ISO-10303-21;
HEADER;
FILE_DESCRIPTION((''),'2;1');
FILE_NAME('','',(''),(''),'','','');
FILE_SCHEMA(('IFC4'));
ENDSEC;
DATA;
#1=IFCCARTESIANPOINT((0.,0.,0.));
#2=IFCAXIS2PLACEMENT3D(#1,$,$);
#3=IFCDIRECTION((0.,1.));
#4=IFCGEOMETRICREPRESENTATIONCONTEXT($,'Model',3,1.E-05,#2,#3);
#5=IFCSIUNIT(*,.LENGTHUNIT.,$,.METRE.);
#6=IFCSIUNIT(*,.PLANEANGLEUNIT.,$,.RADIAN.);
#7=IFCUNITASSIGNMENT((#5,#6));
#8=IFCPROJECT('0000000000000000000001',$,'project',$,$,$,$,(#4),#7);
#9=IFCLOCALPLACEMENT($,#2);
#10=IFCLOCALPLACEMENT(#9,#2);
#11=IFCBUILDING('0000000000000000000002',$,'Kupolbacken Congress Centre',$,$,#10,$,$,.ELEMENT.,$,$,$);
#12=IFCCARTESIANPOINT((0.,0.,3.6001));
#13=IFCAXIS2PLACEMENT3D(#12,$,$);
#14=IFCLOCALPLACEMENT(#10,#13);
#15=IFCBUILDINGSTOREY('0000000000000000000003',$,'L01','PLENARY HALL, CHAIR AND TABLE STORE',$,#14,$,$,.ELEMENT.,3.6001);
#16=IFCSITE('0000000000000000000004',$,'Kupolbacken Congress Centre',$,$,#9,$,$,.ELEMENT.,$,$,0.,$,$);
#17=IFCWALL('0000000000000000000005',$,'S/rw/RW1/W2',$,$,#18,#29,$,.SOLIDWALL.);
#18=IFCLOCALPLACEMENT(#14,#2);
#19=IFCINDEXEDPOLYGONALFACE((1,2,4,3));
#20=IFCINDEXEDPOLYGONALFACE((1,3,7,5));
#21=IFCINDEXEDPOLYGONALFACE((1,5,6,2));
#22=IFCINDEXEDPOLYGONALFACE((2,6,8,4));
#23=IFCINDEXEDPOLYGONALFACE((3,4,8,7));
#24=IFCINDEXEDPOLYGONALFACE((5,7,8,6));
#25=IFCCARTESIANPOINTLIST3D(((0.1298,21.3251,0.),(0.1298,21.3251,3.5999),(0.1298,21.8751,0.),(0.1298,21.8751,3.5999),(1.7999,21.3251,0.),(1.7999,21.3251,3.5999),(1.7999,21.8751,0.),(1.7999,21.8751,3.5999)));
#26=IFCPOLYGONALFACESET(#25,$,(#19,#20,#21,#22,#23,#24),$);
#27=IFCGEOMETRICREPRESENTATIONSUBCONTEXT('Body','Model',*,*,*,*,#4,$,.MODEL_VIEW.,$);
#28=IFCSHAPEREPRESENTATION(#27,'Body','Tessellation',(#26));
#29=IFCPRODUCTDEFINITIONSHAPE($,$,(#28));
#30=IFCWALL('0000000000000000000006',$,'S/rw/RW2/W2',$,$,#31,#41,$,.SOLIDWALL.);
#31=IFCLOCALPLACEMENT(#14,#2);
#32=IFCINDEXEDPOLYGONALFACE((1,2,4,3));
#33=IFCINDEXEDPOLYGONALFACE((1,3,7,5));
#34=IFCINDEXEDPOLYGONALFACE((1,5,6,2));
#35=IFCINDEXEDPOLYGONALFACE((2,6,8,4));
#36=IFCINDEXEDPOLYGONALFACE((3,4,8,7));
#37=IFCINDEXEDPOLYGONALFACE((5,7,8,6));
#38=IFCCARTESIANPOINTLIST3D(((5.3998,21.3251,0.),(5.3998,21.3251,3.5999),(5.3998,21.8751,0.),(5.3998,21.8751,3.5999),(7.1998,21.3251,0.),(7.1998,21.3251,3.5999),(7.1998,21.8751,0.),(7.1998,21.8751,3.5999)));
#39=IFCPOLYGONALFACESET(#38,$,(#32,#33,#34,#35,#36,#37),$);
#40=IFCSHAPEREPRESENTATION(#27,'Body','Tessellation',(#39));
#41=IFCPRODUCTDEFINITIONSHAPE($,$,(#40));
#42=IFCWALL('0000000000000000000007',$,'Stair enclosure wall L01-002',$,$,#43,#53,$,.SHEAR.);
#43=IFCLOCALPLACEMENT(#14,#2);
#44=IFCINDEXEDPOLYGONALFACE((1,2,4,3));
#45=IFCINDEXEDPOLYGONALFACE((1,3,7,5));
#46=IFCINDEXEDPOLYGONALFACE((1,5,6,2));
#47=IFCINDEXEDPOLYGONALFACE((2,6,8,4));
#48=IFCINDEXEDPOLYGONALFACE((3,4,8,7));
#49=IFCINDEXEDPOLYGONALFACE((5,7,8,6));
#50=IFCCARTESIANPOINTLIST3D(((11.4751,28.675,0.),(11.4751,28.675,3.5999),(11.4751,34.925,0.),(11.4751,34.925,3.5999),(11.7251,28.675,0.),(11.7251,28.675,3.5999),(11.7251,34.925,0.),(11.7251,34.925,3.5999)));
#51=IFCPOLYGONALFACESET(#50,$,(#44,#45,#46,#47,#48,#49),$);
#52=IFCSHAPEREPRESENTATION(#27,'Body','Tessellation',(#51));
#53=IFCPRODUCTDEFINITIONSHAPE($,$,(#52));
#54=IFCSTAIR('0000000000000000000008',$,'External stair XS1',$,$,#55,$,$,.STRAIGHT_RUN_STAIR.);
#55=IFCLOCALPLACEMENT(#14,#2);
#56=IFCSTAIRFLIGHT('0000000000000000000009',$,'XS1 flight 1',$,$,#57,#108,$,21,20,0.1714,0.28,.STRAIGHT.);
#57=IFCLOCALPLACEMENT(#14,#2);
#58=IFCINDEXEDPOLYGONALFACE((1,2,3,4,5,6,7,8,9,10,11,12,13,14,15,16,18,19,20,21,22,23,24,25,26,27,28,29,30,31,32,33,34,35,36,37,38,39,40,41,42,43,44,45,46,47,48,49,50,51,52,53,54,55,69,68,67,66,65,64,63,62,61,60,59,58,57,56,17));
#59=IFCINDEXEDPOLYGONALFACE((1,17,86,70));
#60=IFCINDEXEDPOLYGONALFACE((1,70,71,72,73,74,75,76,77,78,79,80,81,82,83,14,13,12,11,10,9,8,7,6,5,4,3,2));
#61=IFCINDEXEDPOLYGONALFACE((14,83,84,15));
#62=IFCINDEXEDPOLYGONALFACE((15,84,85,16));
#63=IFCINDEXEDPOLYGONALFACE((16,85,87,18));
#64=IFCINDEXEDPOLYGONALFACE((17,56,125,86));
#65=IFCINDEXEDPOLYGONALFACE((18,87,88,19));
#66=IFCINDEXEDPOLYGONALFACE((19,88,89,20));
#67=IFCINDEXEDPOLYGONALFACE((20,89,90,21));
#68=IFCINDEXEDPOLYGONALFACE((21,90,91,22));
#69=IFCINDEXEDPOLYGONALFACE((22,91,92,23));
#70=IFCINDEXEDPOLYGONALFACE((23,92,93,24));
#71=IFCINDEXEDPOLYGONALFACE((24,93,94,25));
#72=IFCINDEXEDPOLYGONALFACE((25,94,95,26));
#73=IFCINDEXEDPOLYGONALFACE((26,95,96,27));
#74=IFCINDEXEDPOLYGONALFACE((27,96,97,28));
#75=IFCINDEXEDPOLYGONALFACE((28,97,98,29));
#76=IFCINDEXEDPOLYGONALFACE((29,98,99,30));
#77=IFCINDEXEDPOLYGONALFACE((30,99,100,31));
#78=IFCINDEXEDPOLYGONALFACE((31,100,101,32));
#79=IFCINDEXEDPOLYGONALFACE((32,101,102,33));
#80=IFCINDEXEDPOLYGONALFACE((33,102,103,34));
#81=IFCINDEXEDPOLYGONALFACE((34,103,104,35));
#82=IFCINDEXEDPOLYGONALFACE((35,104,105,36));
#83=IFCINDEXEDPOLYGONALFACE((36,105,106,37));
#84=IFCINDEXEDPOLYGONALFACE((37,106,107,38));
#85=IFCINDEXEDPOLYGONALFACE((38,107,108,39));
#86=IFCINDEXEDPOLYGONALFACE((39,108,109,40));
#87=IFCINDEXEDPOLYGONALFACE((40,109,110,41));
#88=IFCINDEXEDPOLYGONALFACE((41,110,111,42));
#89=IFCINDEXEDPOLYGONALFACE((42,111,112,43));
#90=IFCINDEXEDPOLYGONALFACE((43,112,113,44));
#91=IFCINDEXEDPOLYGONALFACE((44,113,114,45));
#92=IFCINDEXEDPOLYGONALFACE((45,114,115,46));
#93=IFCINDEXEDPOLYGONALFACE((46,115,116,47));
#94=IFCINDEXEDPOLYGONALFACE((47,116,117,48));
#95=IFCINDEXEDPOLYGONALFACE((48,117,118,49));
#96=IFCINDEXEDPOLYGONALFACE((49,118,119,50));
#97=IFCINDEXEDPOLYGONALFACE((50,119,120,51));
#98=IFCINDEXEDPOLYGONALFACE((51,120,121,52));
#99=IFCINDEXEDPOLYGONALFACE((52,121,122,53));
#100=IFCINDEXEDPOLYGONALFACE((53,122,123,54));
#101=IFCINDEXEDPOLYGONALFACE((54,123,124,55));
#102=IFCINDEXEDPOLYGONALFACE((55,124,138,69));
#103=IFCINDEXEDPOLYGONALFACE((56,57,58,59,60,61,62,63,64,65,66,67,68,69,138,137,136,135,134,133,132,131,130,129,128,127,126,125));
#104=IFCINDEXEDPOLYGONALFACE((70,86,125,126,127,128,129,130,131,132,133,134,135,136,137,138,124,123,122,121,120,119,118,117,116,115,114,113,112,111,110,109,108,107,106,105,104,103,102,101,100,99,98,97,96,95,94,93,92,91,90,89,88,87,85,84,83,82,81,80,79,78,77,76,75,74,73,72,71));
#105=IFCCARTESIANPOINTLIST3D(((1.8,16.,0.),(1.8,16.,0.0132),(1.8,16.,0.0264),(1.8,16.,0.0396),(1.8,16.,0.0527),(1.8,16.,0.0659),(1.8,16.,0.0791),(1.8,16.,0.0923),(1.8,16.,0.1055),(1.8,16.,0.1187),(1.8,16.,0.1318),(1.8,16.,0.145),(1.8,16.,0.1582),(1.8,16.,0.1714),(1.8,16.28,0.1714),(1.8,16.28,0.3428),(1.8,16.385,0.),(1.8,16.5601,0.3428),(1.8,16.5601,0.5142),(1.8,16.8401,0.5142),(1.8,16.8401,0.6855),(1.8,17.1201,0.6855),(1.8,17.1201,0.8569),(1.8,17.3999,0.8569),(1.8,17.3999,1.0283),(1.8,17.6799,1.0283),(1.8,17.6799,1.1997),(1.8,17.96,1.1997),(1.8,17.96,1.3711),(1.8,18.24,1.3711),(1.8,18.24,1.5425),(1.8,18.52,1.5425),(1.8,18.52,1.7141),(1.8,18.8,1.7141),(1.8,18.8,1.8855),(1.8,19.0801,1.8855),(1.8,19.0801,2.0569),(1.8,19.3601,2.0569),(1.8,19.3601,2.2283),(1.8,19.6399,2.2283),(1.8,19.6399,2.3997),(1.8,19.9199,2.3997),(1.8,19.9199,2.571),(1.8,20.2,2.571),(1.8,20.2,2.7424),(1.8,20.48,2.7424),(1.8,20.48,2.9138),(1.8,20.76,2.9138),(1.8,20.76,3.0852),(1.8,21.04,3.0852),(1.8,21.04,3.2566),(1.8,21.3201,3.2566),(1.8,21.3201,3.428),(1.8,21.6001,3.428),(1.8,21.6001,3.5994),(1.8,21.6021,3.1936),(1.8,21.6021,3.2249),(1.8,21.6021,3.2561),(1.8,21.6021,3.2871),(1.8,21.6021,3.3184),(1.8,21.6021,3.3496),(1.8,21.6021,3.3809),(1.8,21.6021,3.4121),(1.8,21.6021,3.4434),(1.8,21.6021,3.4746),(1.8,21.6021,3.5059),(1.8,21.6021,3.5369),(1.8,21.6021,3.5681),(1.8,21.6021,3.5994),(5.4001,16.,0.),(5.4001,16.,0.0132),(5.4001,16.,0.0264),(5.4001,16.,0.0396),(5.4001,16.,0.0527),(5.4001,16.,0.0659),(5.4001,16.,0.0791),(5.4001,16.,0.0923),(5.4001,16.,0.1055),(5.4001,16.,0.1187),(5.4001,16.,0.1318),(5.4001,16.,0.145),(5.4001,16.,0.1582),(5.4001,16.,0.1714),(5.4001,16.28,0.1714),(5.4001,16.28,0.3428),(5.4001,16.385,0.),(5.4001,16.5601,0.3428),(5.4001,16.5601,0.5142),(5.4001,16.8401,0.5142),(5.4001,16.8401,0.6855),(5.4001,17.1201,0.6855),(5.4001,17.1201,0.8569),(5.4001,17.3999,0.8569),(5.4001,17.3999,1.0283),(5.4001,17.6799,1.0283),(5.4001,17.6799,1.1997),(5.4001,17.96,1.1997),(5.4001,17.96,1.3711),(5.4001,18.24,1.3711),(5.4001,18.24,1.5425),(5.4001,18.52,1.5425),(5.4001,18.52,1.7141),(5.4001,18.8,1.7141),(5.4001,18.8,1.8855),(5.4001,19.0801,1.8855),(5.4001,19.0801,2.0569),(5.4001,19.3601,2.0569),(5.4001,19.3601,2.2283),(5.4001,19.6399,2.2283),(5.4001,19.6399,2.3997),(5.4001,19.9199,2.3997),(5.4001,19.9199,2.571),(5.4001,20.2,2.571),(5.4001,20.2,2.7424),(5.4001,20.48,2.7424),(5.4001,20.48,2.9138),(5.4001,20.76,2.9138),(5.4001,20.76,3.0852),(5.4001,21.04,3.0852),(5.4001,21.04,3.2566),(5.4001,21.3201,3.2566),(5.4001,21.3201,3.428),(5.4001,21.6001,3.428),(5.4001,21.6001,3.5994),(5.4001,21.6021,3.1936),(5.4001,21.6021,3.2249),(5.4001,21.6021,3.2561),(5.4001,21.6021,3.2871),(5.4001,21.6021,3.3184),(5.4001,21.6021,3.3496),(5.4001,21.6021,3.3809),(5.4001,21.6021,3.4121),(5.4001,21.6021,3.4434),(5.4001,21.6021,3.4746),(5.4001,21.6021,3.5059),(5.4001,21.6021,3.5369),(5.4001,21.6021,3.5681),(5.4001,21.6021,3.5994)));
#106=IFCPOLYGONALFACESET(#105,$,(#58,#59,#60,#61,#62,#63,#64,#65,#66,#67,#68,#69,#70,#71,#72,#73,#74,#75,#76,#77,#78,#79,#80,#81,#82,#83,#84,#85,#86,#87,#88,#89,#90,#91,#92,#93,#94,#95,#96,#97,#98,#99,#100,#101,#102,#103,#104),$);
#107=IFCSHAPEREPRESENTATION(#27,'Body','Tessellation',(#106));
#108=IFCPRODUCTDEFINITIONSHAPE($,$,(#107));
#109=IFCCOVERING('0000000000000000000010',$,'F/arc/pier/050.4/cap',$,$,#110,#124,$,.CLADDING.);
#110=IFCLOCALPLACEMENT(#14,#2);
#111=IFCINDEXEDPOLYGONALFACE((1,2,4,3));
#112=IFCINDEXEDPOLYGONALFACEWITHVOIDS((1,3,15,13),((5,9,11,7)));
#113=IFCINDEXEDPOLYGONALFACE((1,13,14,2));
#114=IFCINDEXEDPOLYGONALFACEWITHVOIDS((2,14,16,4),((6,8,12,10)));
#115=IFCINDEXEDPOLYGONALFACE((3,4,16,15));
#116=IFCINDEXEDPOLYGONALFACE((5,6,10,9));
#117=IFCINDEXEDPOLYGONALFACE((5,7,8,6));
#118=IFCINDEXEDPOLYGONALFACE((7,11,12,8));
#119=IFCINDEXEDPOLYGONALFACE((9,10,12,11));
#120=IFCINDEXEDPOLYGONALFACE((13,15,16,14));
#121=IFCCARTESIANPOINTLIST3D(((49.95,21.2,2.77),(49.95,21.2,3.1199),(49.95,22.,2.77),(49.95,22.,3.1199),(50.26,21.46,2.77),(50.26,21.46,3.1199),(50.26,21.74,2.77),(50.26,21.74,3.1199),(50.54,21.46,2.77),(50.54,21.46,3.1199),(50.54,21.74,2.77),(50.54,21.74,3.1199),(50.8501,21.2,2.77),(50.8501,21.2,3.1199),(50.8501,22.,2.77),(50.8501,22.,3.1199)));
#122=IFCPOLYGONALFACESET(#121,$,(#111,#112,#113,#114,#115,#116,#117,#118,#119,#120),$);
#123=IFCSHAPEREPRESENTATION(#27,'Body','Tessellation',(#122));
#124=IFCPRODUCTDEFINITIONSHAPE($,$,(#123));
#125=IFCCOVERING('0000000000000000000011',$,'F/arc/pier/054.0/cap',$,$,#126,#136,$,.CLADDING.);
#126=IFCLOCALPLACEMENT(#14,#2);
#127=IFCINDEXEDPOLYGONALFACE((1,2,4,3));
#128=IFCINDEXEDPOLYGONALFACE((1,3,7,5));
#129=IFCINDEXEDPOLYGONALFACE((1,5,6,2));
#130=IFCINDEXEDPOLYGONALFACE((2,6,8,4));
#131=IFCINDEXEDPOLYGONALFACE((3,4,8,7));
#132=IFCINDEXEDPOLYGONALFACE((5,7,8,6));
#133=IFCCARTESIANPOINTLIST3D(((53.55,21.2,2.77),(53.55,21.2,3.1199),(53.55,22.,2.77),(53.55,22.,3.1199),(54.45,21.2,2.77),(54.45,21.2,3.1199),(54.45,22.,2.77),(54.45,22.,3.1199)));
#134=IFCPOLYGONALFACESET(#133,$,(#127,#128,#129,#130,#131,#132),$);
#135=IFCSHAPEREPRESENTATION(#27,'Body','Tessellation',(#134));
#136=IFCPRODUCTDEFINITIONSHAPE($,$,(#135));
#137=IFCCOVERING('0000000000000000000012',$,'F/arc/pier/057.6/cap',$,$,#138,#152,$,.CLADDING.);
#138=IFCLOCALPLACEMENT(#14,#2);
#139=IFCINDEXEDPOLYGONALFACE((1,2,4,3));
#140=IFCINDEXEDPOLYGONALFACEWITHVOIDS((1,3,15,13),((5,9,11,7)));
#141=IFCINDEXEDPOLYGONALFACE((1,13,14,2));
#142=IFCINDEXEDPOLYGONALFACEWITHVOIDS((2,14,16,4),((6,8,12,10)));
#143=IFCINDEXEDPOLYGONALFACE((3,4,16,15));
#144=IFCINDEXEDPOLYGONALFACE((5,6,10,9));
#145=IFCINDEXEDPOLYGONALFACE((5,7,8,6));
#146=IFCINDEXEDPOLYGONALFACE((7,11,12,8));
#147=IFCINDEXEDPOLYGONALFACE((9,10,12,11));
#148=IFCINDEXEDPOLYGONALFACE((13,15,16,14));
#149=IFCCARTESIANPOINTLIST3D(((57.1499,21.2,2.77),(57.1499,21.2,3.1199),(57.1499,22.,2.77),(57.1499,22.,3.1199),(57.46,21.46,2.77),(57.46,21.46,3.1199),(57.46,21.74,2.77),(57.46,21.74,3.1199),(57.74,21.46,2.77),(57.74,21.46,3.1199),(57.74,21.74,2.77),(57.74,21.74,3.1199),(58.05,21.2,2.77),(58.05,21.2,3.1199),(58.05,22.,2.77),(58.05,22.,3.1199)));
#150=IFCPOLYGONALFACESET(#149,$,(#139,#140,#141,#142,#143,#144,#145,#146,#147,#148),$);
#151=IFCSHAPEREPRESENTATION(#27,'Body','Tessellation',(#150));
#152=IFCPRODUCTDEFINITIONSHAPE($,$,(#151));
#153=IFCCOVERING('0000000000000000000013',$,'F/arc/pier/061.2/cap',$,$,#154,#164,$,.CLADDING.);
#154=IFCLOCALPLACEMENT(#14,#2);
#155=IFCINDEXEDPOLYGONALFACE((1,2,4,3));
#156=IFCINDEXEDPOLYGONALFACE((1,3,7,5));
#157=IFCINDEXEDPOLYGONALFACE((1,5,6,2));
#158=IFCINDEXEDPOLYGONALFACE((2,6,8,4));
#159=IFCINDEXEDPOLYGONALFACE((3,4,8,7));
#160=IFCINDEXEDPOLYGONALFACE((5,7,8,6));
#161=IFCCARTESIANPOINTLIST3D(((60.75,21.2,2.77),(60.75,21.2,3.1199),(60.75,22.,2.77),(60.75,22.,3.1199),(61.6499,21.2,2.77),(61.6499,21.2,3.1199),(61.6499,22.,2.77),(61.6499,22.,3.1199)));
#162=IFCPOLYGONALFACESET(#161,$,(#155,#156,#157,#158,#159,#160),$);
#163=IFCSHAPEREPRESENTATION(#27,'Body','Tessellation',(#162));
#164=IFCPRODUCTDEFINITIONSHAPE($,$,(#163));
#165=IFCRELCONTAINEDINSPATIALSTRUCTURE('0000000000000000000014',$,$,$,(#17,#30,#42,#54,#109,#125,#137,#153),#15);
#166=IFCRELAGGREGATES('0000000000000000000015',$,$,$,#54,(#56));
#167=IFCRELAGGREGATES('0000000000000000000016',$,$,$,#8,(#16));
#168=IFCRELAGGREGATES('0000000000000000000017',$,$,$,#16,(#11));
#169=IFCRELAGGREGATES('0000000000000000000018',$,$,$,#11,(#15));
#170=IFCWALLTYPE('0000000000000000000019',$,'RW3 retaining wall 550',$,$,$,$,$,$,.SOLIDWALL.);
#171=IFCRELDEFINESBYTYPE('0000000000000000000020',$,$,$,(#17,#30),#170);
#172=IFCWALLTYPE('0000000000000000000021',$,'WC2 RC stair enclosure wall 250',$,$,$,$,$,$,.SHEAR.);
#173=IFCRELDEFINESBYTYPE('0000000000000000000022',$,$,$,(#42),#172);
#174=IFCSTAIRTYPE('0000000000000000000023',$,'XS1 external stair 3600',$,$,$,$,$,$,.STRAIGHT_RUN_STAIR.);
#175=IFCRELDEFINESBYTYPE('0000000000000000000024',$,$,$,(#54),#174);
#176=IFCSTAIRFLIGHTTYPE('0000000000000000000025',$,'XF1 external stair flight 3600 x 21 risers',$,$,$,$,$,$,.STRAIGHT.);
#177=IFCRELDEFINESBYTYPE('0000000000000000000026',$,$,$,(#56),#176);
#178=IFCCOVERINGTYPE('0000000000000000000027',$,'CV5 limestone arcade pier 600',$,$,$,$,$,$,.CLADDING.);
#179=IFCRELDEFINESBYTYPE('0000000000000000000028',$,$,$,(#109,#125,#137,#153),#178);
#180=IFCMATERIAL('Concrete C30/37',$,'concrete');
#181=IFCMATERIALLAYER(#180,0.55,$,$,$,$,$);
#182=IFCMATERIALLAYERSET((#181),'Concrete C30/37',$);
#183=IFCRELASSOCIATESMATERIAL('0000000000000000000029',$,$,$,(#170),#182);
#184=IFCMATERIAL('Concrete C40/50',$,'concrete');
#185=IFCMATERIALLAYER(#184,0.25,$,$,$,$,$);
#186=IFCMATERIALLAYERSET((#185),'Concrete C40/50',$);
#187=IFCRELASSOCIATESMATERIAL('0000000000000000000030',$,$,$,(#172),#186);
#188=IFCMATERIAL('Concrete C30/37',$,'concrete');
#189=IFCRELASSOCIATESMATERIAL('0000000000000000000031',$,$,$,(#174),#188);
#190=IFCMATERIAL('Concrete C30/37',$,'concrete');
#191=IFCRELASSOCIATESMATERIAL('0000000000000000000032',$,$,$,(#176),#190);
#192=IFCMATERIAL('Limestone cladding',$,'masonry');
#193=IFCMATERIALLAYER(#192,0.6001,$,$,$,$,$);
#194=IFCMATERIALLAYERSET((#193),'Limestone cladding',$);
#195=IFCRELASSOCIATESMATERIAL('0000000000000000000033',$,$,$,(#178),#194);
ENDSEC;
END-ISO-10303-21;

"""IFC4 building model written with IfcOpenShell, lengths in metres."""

from ifc_helpers import new_model, si_unit, direction, frame, frame_2d, origin, place, context, subcontext, project, spatial, polyline, rectangle, outline, extrude, material, layer, layer_set, type_object, element, aggregate, save


model = new_model("IFC4")

# Units and contexts
model_context = context("Model", 3, precision=1e-05, world=origin(), true_north=direction((0.0, 1.0)))
body_context = subcontext(model_context, "Body", "Model", "MODEL_VIEW")
ifc_project = project(units=[si_unit("LENGTHUNIT", "METRE"), si_unit("PLANEANGLEUNIT", "RADIAN")], contexts=[model_context])

# Site, building, storey
site_placement = place(None, origin())
site = spatial("IfcSite", under=ifc_project, at=site_placement, Name="Kupolbacken Congress Centre", CompositionType="ELEMENT", RefElevation=0.0)
building_placement = place(site_placement, origin())
building = spatial("IfcBuilding", under=site, at=building_placement, Name="Kupolbacken Congress Centre", CompositionType="ELEMENT")
storey_placement = place(building_placement, frame((0.0, 0.0, 3.6001)))
storey = spatial("IfcBuildingStorey", under=building, at=storey_placement, Name="L01", Description="PLENARY HALL, CHAIR AND TABLE STORE", CompositionType="ELEMENT", Elevation=3.6001)

# Walls
ifc_material_1 = material(Name="Concrete C30/37", Category="concrete")
ifc_layer_1 = layer(ifc_material_1, 0.55)
ifc_layer_set_1 = layer_set([ifc_layer_1], Name="Concrete C30/37")
wall_type_1 = type_object("IfcWallType", Name="RW3 retaining wall 550", PredefinedType="SOLIDWALL", material=ifc_layer_set_1)
wall_1_placement = place(storey_placement, frame((0.1299, 21.6001, 0.0), z_axis=(0.0, 0.0, 1.0), x_axis=(1.0, 0.0, 0.0)))
element("IfcWall", 1, at=wall_1_placement, inside=storey, type_object=wall_type_1, Name="S/rw/RW1/W2", PredefinedType="SOLIDWALL", context=body_context, shape_type="SweptSolid", body=[
    extrude(rectangle(XDim=1.6702, YDim=0.55, at=frame_2d((0.835, 0.0))), origin(), (0.0, 0.0, 1.0), 3.5999),
])
wall_2_placement = place(storey_placement, frame((5.3999, 21.6001, 0.0), z_axis=(0.0, 0.0, 1.0), x_axis=(1.0, 0.0, 0.0)))
element("IfcWall", 2, at=wall_2_placement, inside=storey, type_object=wall_type_1, Name="S/rw/RW2/W2", PredefinedType="SOLIDWALL", context=body_context, shape_type="SweptSolid", body=[
    extrude(rectangle(XDim=1.8, YDim=0.55, at=frame_2d((0.8999, 0.0))), origin(), (0.0, 0.0, 1.0), 3.5999),
])
ifc_material_2 = material(Name="Concrete C40/50", Category="concrete")
ifc_layer_2 = layer(ifc_material_2, 0.25)
ifc_layer_set_2 = layer_set([ifc_layer_2], Name="Concrete C40/50")
wall_type_2 = type_object("IfcWallType", Name="WC2 RC stair enclosure wall 250", PredefinedType="SHEAR", material=ifc_layer_set_2)
wall_3_placement = place(storey_placement, frame((11.6001, 28.675, 0.0), z_axis=(0.0, 0.0, 1.0), x_axis=(0.0, 1.0, 0.0)))
element("IfcWall", 3, at=wall_3_placement, inside=storey, type_object=wall_type_2, Name="Stair enclosure wall L01-002", PredefinedType="SHEAR", context=body_context, shape_type="SweptSolid", body=[
    extrude(rectangle(XDim=6.25, YDim=0.25, at=frame_2d((3.125, 0.0))), origin(), (0.0, 0.0, 1.0), 3.5999),
])

# Stair, stair flight
ifc_material_3 = material(Name="Concrete C30/37", Category="concrete")
stair_type = type_object("IfcStairType", Name="XS1 external stair 3600", PredefinedType="STRAIGHT_RUN_STAIR", material=ifc_material_3)
stair_placement = place(storey_placement, origin())
stair = element("IfcStair", 4, at=stair_placement, inside=storey, type_object=stair_type, Name="External stair XS1", PredefinedType="STRAIGHT_RUN_STAIR")
ifc_material_4 = material(Name="Concrete C30/37", Category="concrete")
stair_flight_type = type_object("IfcStairFlightType", Name="XF1 external stair flight 3600 x 21 risers", PredefinedType="STRAIGHT", material=ifc_material_4)
stair_flight_placement = place(storey_placement, frame((3.6001, 16.0, 0.0), z_axis=(0.0, 0.0, 1.0), x_axis=(0.0, 1.0, 0.0)))
stair_flight = element("IfcStairFlight", 5, at=stair_flight_placement, type_object=stair_flight_type, Name="XS1 flight 1", NumberOfRisers=21, NumberOfTreads=20, PredefinedType="STRAIGHT", RiserHeight=0.1714, TreadLength=0.28, context=body_context, shape_type="SweptSolid", body=[
    extrude(outline(polyline([(0.0, 0.0), (0.0, 0.0132), (0.0, 0.0264), (0.0, 0.0396), (0.0, 0.0527), (0.0, 0.0659), (0.0, 0.0791), (0.0, 0.0923), (0.0, 0.1055), (0.0, 0.1187), (0.0, 0.1318), (0.0, 0.145), (0.0, 0.1582), (0.0, 0.1714), (0.28, 0.1714), (0.28, 0.3428), (0.5601, 0.3428), (0.5601, 0.5142), (0.8401, 0.5142), (0.8401, 0.6855), (1.1201, 0.6855), (1.1201, 0.8569), (1.3999, 0.8569), (1.3999, 1.0283), (1.6799, 1.0283), (1.6799, 1.1997), (1.96, 1.1997), (1.96, 1.3711), (2.24, 1.3711), (2.24, 1.5425), (2.52, 1.5425), (2.52, 1.7141), (2.8, 1.7141), (2.8, 1.8855), (3.0801, 1.8855), (3.0801, 2.0569), (3.3601, 2.0569), (3.3601, 2.2283), (3.6399, 2.2283), (3.6399, 2.3997), (3.9199, 2.3997), (3.9199, 2.571), (4.2, 2.571), (4.2, 2.7424), (4.48, 2.7424), (4.48, 2.9138), (4.76, 2.9138), (4.76, 3.0852), (5.04, 3.0852), (5.04, 3.2566), (5.3201, 3.2566), (5.3201, 3.428), (5.6001, 3.428), (5.6001, 3.5994), (5.6021, 3.5994), (5.6021, 3.5681), (5.6021, 3.5369), (5.6021, 3.5059), (5.6021, 3.4746), (5.6021, 3.4434), (5.6021, 3.4121), (5.6021, 3.3809), (5.6021, 3.3496), (5.6021, 3.3184), (5.6021, 3.2871), (5.6021, 3.2561), (5.6021, 3.2249), (5.6021, 3.1936), (0.385, 0.0), (0.0, 0.0)])), frame((0.0, 1.8, 0.0), z_axis=(0.0, -1.0, 0.0), x_axis=(1.0, 0.0, 0.0)), (0.0, 0.0, 1.0), 3.6001),
])
aggregate(stair, [stair_flight])

# Coverings
ifc_material_5 = material(Name="Limestone cladding", Category="masonry")
ifc_layer_3 = layer(ifc_material_5, 0.6001)
ifc_layer_set_3 = layer_set([ifc_layer_3], Name="Limestone cladding")
covering_type_1 = type_object("IfcCoveringType", Name="CV5 limestone arcade pier 600", PredefinedType="CLADDING", material=ifc_layer_set_3)
covering_1_placement = place(storey_placement, frame((0.0, 0.0, 2.77)))
element("IfcCovering", 6, at=covering_1_placement, inside=storey, type_object=covering_type_1, Name="F/arc/pier/050.4/cap", PredefinedType="CLADDING", context=body_context, shape_type="SweptSolid", body=[
    extrude(outline(polyline([(49.95, 21.2), (50.8501, 21.2), (50.8501, 22.0), (49.95, 22.0), (49.95, 21.2)]), holes=[polyline([(50.26, 21.46), (50.54, 21.46), (50.54, 21.74), (50.26, 21.74), (50.26, 21.46)])]), origin(), (0.0, 0.0, 1.0), 0.3499),
])
covering_2_placement = place(storey_placement, frame((0.0, 0.0, 2.77)))
element("IfcCovering", 7, at=covering_2_placement, inside=storey, type_object=covering_type_1, Name="F/arc/pier/054.0/cap", PredefinedType="CLADDING", context=body_context, shape_type="SweptSolid", body=[
    extrude(outline(polyline([(53.55, 21.2), (54.45, 21.2), (54.45, 22.0), (53.55, 22.0), (53.55, 21.2)])), origin(), (0.0, 0.0, 1.0), 0.3499),
])
covering_3_placement = place(storey_placement, frame((0.0, 0.0, 2.77)))
element("IfcCovering", 8, at=covering_3_placement, inside=storey, type_object=covering_type_1, Name="F/arc/pier/057.6/cap", PredefinedType="CLADDING", context=body_context, shape_type="SweptSolid", body=[
    extrude(outline(polyline([(57.1499, 21.2), (58.05, 21.2), (58.05, 22.0), (57.1499, 22.0), (57.1499, 21.2)]), holes=[polyline([(57.46, 21.46), (57.74, 21.46), (57.74, 21.74), (57.46, 21.74), (57.46, 21.46)])]), origin(), (0.0, 0.0, 1.0), 0.3499),
])
covering_4_placement = place(storey_placement, frame((0.0, 0.0, 2.77)))
element("IfcCovering", 9, at=covering_4_placement, inside=storey, type_object=covering_type_1, Name="F/arc/pier/061.2/cap", PredefinedType="CLADDING", context=body_context, shape_type="SweptSolid", body=[
    extrude(outline(polyline([(60.75, 21.2), (61.6499, 21.2), (61.6499, 22.0), (60.75, 22.0), (60.75, 21.2)])), origin(), (0.0, 0.0, 1.0), 0.3499),
])

save(model, "model.ifc")
